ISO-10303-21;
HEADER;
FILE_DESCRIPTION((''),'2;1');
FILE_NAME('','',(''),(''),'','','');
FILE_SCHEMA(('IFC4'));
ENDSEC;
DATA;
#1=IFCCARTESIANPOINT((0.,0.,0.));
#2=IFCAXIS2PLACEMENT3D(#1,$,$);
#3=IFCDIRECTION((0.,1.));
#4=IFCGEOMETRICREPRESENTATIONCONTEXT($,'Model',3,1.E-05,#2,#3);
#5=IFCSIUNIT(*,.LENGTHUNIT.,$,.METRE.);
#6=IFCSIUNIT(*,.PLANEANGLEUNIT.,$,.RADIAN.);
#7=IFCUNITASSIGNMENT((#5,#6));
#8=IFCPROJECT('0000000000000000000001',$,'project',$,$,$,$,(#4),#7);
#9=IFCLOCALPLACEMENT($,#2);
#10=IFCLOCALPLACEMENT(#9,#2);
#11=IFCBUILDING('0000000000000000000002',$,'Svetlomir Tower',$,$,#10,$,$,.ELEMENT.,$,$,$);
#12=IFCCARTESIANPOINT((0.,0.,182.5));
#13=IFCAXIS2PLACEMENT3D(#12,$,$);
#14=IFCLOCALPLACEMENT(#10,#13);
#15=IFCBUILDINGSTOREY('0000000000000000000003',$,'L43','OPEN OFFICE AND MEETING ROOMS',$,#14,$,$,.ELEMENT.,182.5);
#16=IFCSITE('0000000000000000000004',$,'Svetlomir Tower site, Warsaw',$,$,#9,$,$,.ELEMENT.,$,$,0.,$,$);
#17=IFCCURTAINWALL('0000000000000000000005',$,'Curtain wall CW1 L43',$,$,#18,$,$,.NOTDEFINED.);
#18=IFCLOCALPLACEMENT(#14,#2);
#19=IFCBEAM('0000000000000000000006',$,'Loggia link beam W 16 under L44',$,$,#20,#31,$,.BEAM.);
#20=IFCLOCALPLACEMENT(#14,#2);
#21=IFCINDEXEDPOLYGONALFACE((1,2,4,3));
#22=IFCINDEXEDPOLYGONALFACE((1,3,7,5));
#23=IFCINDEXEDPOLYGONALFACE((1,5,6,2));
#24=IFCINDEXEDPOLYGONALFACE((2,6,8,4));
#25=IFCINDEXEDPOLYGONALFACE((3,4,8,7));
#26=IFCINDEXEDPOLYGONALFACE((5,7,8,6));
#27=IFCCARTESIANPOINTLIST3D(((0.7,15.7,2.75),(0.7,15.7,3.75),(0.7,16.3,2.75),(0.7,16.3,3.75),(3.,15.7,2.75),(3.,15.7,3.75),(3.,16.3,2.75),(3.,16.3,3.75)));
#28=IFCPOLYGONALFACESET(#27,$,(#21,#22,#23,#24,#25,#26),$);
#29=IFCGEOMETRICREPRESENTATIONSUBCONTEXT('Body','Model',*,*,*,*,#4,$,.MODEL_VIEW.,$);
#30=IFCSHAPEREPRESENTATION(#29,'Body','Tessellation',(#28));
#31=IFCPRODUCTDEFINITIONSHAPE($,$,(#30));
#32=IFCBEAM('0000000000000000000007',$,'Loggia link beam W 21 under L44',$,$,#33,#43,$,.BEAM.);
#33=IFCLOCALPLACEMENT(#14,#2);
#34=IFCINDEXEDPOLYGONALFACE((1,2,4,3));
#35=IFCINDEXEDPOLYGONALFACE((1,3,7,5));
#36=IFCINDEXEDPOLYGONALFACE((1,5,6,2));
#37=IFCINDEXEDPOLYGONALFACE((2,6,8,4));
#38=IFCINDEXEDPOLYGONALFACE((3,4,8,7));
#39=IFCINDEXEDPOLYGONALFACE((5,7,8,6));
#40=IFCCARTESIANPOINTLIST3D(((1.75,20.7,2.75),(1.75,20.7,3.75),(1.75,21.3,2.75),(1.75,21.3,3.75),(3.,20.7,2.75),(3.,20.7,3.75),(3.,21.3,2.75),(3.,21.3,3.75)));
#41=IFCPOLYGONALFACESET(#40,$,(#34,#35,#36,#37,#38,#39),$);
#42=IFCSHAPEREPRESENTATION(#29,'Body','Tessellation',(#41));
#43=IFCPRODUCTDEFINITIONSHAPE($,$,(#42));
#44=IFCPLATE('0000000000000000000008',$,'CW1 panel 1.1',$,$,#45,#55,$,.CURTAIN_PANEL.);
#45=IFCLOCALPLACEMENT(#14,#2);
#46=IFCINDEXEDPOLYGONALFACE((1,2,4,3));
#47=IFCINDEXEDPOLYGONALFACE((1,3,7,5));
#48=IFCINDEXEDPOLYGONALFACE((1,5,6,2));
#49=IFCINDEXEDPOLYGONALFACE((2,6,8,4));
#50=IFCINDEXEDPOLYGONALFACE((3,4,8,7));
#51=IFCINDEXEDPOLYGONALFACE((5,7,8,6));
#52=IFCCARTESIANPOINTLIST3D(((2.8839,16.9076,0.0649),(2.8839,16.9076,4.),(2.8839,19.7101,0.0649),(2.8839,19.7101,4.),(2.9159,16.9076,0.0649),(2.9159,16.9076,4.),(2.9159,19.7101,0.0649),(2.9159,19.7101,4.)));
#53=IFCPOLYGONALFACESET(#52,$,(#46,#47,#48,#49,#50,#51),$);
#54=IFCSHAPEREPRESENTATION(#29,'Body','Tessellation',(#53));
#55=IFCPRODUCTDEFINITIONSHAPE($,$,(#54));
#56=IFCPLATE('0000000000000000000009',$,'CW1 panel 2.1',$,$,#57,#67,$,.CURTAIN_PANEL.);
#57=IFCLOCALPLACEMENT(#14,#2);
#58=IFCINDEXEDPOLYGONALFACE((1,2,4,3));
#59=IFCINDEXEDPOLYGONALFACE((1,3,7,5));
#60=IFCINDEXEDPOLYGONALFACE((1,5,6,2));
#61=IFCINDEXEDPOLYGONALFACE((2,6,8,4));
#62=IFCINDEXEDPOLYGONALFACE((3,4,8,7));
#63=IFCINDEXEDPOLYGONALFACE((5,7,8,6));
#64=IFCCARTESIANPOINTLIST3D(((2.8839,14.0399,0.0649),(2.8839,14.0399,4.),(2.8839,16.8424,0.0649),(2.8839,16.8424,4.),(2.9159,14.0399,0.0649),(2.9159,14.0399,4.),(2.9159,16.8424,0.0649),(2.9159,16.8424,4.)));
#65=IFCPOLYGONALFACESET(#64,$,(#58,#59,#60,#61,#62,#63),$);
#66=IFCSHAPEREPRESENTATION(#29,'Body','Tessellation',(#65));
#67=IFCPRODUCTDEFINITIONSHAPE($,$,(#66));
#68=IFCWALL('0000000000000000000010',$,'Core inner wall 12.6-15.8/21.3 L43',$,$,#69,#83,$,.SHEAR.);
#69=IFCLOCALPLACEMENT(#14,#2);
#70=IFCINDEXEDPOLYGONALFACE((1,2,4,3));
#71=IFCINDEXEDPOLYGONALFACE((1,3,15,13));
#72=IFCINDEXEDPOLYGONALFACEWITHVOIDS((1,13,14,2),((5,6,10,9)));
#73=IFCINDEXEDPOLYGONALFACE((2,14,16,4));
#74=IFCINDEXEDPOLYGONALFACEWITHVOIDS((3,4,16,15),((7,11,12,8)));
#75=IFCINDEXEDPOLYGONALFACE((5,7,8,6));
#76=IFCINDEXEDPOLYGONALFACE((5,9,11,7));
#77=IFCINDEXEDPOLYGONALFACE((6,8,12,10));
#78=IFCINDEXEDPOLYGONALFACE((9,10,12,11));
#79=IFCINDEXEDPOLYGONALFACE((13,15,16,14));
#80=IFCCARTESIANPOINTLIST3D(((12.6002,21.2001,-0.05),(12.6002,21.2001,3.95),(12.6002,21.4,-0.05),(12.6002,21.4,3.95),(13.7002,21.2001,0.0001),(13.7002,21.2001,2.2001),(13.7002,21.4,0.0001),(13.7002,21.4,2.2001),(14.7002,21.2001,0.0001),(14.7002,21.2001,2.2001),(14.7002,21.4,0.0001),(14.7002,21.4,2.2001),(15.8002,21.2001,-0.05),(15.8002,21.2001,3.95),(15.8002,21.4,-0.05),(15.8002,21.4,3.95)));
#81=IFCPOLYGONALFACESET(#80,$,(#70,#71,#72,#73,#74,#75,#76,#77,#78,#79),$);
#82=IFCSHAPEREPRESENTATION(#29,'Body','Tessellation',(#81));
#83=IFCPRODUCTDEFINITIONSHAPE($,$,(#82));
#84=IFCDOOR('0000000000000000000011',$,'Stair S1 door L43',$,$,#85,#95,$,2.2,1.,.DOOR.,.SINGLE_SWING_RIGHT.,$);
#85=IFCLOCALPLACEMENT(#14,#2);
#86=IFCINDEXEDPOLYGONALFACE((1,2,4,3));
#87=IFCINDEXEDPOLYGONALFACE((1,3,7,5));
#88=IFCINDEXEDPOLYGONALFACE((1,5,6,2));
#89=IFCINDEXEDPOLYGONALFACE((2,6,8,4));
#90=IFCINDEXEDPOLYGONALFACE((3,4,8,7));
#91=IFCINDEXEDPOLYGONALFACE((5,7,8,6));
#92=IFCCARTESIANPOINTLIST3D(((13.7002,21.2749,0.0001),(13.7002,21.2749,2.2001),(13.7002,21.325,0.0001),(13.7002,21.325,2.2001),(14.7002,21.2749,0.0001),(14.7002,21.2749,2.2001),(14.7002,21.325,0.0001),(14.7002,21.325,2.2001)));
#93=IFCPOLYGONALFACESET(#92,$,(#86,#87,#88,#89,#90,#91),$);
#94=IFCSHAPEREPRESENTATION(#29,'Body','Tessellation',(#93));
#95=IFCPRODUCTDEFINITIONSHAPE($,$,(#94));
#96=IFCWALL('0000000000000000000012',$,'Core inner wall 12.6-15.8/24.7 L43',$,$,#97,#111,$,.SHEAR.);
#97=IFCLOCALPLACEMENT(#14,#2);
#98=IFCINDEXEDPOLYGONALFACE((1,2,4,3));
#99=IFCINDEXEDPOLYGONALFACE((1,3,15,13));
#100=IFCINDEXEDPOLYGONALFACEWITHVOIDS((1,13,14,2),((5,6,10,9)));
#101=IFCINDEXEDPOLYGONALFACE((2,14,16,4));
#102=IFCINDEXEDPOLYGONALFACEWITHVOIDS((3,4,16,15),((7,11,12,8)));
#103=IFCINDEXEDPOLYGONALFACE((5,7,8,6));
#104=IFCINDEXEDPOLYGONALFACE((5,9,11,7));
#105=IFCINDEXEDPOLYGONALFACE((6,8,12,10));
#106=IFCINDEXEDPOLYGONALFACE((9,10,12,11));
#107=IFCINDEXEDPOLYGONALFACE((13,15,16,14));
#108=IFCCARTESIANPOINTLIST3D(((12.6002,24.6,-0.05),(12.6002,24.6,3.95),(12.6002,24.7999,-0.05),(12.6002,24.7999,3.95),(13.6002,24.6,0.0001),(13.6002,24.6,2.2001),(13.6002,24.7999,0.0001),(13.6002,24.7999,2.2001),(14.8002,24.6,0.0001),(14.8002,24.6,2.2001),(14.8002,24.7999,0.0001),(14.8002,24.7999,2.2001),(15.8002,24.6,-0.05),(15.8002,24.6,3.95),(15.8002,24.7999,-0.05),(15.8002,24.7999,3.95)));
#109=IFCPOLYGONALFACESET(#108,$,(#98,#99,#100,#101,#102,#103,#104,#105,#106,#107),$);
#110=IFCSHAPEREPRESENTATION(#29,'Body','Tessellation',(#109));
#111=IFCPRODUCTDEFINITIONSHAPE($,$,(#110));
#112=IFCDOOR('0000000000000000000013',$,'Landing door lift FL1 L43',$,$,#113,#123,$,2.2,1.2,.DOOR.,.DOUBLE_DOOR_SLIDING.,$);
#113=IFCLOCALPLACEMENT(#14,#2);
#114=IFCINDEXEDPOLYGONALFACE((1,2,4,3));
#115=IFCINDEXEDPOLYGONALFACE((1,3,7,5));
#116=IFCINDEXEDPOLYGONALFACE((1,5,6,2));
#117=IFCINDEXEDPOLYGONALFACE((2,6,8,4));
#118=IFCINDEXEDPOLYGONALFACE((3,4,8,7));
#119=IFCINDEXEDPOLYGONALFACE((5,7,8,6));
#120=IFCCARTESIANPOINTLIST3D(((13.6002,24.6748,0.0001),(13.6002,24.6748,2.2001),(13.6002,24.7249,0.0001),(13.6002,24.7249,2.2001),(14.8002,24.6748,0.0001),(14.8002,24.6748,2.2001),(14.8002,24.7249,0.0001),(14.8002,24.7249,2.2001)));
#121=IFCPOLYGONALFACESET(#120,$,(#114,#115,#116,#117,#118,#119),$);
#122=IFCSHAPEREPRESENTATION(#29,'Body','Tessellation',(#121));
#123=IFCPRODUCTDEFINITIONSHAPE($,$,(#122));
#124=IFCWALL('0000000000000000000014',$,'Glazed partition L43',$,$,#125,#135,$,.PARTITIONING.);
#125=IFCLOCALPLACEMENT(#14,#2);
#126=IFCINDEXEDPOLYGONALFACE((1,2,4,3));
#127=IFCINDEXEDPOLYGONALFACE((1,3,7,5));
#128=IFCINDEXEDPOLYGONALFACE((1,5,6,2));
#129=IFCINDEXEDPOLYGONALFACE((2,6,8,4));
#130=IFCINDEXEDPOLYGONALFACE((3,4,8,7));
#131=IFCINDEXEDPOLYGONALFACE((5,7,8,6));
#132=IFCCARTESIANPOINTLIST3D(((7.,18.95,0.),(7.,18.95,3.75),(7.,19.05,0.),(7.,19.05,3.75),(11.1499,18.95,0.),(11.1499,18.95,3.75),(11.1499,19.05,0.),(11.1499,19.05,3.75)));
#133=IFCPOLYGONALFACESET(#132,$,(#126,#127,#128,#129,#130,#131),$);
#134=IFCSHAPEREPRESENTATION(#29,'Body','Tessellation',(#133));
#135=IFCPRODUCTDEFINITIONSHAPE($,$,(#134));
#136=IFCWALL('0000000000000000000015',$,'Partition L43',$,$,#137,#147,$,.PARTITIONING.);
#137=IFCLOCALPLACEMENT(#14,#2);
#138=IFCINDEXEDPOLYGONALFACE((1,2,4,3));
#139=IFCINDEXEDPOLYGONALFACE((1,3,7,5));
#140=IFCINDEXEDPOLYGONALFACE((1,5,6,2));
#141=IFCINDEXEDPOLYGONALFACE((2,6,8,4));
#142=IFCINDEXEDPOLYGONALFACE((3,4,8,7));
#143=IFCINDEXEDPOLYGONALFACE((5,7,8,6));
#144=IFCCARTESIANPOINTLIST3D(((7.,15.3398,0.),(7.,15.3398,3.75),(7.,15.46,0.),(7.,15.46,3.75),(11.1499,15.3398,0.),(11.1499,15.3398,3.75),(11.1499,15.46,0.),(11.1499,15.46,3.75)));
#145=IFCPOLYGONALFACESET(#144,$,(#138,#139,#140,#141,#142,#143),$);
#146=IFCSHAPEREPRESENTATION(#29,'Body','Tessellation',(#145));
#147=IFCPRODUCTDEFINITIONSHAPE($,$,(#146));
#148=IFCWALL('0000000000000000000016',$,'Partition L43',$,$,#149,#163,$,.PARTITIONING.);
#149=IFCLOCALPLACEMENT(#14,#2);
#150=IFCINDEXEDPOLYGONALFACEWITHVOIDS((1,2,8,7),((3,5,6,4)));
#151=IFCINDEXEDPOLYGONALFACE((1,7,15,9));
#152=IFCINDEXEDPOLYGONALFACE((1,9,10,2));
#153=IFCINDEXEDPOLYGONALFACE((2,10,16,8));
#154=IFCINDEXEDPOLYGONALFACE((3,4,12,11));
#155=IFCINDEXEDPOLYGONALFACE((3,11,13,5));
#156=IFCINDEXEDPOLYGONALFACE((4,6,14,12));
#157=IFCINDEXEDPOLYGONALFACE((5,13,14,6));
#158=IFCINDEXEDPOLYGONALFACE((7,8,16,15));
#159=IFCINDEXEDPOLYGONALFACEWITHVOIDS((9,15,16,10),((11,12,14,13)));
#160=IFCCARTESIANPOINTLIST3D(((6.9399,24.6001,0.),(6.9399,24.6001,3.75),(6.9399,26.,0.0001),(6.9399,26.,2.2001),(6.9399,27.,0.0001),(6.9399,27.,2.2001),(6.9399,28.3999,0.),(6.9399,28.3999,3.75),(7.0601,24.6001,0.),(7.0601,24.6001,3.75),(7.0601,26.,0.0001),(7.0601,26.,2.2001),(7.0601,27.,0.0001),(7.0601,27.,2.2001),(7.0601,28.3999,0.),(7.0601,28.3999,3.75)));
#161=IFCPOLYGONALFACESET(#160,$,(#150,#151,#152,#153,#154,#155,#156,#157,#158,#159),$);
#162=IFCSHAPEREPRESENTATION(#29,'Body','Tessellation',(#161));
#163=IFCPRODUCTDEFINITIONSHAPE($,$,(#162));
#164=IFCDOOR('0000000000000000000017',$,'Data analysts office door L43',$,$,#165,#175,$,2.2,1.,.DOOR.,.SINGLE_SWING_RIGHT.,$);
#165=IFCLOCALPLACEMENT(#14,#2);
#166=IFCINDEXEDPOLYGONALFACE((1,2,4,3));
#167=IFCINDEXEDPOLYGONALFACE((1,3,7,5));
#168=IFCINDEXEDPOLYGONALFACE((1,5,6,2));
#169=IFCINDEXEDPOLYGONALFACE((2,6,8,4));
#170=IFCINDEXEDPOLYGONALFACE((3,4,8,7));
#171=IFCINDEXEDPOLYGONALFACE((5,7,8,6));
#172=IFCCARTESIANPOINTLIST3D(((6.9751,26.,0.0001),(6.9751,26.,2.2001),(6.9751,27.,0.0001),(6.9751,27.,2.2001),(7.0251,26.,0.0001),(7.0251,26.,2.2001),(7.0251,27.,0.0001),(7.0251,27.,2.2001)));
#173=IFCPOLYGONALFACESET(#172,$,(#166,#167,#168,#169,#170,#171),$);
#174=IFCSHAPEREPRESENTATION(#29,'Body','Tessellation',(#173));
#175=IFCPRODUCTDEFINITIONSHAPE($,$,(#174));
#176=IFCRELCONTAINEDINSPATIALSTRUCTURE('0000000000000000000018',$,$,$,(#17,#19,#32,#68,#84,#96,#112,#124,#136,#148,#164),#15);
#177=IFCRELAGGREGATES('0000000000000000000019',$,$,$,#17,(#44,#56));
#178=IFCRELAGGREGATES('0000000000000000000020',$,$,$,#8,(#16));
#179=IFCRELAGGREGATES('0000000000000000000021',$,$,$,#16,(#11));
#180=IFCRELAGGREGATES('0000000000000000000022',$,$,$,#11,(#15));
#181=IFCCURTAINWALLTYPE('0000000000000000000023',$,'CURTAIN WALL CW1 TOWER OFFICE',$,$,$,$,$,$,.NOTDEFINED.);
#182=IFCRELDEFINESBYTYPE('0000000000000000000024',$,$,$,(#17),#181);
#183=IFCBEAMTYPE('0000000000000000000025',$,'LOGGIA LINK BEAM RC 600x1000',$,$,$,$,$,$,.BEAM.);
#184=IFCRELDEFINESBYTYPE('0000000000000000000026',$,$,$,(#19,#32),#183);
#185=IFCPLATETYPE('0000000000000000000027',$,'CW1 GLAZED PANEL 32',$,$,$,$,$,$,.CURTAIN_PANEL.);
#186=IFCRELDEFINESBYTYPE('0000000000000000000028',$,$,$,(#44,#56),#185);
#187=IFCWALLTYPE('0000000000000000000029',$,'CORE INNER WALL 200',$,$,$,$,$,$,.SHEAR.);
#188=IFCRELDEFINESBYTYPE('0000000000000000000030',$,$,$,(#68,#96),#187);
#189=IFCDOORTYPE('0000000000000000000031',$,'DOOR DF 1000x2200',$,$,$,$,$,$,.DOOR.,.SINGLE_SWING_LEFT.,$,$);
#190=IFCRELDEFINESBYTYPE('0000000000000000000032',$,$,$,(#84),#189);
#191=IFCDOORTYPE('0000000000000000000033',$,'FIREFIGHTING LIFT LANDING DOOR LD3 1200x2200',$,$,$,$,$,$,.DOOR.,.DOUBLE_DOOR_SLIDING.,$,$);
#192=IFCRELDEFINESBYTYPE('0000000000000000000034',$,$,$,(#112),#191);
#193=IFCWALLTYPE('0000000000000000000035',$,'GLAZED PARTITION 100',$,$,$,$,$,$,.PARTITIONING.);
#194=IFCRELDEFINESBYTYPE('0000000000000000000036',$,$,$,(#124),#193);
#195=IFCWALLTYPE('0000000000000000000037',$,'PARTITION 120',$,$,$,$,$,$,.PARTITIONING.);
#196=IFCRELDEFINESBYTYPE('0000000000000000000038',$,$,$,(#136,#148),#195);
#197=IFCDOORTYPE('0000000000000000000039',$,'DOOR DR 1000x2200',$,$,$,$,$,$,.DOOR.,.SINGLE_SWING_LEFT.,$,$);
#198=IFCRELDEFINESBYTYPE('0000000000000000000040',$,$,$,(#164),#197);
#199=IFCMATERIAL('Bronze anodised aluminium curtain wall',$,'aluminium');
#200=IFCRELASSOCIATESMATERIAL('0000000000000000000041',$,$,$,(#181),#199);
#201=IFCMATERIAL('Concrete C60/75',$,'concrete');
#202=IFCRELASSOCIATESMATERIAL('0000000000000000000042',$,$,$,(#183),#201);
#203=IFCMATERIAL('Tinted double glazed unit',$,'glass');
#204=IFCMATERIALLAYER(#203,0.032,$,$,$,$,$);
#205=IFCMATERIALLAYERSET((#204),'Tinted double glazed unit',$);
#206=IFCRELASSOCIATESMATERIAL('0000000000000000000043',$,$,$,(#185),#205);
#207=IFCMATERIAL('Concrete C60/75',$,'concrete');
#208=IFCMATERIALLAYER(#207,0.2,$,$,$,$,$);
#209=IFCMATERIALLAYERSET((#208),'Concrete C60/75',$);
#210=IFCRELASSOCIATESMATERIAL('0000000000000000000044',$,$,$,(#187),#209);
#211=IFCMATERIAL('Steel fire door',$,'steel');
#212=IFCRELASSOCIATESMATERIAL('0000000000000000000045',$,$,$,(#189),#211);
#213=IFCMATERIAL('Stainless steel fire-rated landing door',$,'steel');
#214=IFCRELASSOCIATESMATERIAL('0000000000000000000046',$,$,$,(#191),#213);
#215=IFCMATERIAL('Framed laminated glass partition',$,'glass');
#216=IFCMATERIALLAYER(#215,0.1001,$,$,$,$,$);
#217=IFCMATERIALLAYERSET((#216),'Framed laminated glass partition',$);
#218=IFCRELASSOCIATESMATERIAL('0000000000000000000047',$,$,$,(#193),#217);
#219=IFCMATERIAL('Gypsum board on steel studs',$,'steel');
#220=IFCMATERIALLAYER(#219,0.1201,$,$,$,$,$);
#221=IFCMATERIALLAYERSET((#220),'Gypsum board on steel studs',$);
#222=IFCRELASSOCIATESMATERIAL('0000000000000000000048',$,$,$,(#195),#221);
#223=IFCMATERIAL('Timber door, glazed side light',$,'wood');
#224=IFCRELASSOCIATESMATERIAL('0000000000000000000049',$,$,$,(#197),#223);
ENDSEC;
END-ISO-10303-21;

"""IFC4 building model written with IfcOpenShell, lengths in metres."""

from ifc_helpers import new_model, si_unit, direction, frame, frame_2d, origin, origin_2d, place, context, subcontext, project, spatial, rectangle, extrude, material, layer, layer_set, material_profile, profile_set, type_object, element, fill, aggregate, save


model = new_model("IFC4")

# Units and contexts
model_context = context("Model", 3, precision=1e-05, world=origin(), true_north=direction((0.0, 1.0)))
body_context = subcontext(model_context, "Body", "Model", "MODEL_VIEW")
ifc_project = project(units=[si_unit("LENGTHUNIT", "METRE"), si_unit("PLANEANGLEUNIT", "RADIAN")], contexts=[model_context])

# Site, building, storey
site_placement = place(None, origin())
site = spatial("IfcSite", under=ifc_project, at=site_placement, Name="Svetlomir Tower site, Warsaw", CompositionType="ELEMENT", RefElevation=0.0)
building_placement = place(site_placement, origin())
building = spatial("IfcBuilding", under=site, at=building_placement, Name="Svetlomir Tower", CompositionType="ELEMENT")
storey_placement = place(building_placement, frame((0.0, 0.0, 182.5)))
storey = spatial("IfcBuildingStorey", under=building, at=storey_placement, Name="L43", Description="OPEN OFFICE AND MEETING ROOMS", CompositionType="ELEMENT", Elevation=182.5)

# Curtain wall
ifc_material_1 = material(Name="Bronze anodised aluminium curtain wall", Category="aluminium")
curtain_wall_type = type_object("IfcCurtainWallType", Name="CURTAIN WALL CW1 TOWER OFFICE", PredefinedType="NOTDEFINED", material=ifc_material_1)
curtain_wall_1_placement = place(storey_placement, origin())
curtain_wall_1 = element("IfcCurtainWall", 1, at=curtain_wall_1_placement, inside=storey, type_object=curtain_wall_type, Name="Curtain wall CW1 L43", PredefinedType="NOTDEFINED")

# Beams
ifc_material_2 = material(Name="Concrete C60/75", Category="concrete")
ifc_material_profile_1 = material_profile(ifc_material_2, rectangle(XDim=0.6001, YDim=1.0, at=origin_2d()), Name="RC 600x1000")
ifc_profile_set_1 = profile_set([ifc_material_profile_1], Name="Concrete C60/75")
beam_type_1 = type_object("IfcBeamType", Name="LOGGIA LINK BEAM RC 600x1000", PredefinedType="BEAM", material=ifc_profile_set_1)
beam_1_placement = place(storey_placement, frame((0.7, 16.0, 3.25), z_axis=(1.0, 0.0, 0.0), x_axis=(0.0, 1.0, 0.0)))
element("IfcBeam", 2, at=beam_1_placement, inside=storey, type_object=beam_type_1, Name="Loggia link beam W 16 under L44", PredefinedType="BEAM", context=body_context, shape_type="SweptSolid", body=[
    extrude(rectangle(XDim=0.6001, YDim=1.0, at=origin_2d()), origin(), (0.0, 0.0, 1.0), 2.3),
])
beam_2_placement = place(storey_placement, frame((1.75, 21.0, 3.25), z_axis=(1.0, 0.0, 0.0), x_axis=(0.0, 1.0, 0.0)))
element("IfcBeam", 3, at=beam_2_placement, inside=storey, type_object=beam_type_1, Name="Loggia link beam W 21 under L44", PredefinedType="BEAM", context=body_context, shape_type="SweptSolid", body=[
    extrude(rectangle(XDim=0.6001, YDim=1.0, at=origin_2d()), origin(), (0.0, 0.0, 1.0), 1.25),
])

# Plates
ifc_material_3 = material(Name="Tinted double glazed unit", Category="glass")
ifc_layer_1 = layer(ifc_material_3, 0.032)
ifc_layer_set_1 = layer_set([ifc_layer_1], Name="Tinted double glazed unit")
plate_type = type_object("IfcPlateType", Name="CW1 GLAZED PANEL 32", PredefinedType="CURTAIN_PANEL", material=ifc_layer_set_1)
plate_1_placement = place(storey_placement, frame((2.8999, 18.3088, 0.0649), z_axis=(0.0, 0.0, 1.0), x_axis=(0.0, -1.0, 0.0)))
plate_1 = element("IfcPlate", 4, at=plate_1_placement, type_object=plate_type, Name="CW1 panel 1.1", PredefinedType="CURTAIN_PANEL", context=body_context, shape_type="SweptSolid", body=[
    extrude(rectangle(XDim=2.8025, YDim=0.032, at=origin_2d()), origin(), (0.0, 0.0, 1.0), 3.9351),
])
plate_2_placement = place(storey_placement, frame((2.8999, 15.4412, 0.0649), z_axis=(0.0, 0.0, 1.0), x_axis=(0.0, -1.0, 0.0)))
plate_2 = element("IfcPlate", 5, at=plate_2_placement, type_object=plate_type, Name="CW1 panel 2.1", PredefinedType="CURTAIN_PANEL", context=body_context, shape_type="SweptSolid", body=[
    extrude(rectangle(XDim=2.8025, YDim=0.032, at=origin_2d()), origin(), (0.0, 0.0, 1.0), 3.9351),
])
aggregate(curtain_wall_1, [plate_1, plate_2])

# Walls, openings, doors
ifc_material_4 = material(Name="Concrete C60/75", Category="concrete")
ifc_layer_2 = layer(ifc_material_4, 0.2)
ifc_layer_set_2 = layer_set([ifc_layer_2], Name="Concrete C60/75")
wall_type_1 = type_object("IfcWallType", Name="CORE INNER WALL 200", PredefinedType="SHEAR", material=ifc_layer_set_2)
wall_1_placement = place(storey_placement, frame((12.6001, 21.3, -0.05), z_axis=(0.0, 0.0, 1.0), x_axis=(1.0, 0.0, 0.0)))
wall_1 = element("IfcWall", 6, at=wall_1_placement, inside=storey, type_object=wall_type_1, Name="Core inner wall 12.6-15.8/21.3 L43", PredefinedType="SHEAR", context=body_context, shape_type="SweptSolid", body=[
    extrude(rectangle(XDim=3.2, YDim=0.2, at=frame_2d((1.6001, 0.0))), origin(), (0.0, 0.0, 1.0), 4.0),
])
opening_1_placement = place(wall_1_placement, frame((1.1001, 0.0, 0.05)))
opening_1 = element("IfcOpeningElement", 7, at=opening_1_placement, cuts=wall_1, PredefinedType="OPENING", context=body_context, shape_type="SweptSolid", body=[
    extrude(rectangle(XDim=1.0, YDim=2.2, at=frame_2d((0.5, 1.1001))), frame((0.0, 0.1099, 0.0), z_axis=(0.0, -1.0, 0.0), x_axis=(1.0, 0.0, 0.0)), (0.0, 0.0, 1.0), 0.22),
])
ifc_material_5 = material(Name="Steel fire door", Category="steel")
door_type_1 = type_object("IfcDoorType", Name="DOOR DF 1000x2200", OperationType="SINGLE_SWING_LEFT", PredefinedType="DOOR", material=ifc_material_5)
door_1_placement = place(opening_1_placement, origin())
door_1 = element("IfcDoor", 8, at=door_1_placement, inside=storey, type_object=door_type_1, Name="Stair S1 door L43", OperationType="SINGLE_SWING_RIGHT", OverallHeight=2.2, OverallWidth=1.0, PredefinedType="DOOR", context=body_context, shape_type="SweptSolid", body=[
    extrude(rectangle(XDim=1.0, YDim=2.2, at=frame_2d((0.5, 1.1001))), frame((0.0, 0.0249, 0.0), z_axis=(0.0, -1.0, 0.0), x_axis=(1.0, 0.0, 0.0)), (0.0, 0.0, 1.0), 0.05),
])
fill(opening_1, door_1)
wall_2_placement = place(storey_placement, frame((12.6001, 24.7, -0.05), z_axis=(0.0, 0.0, 1.0), x_axis=(1.0, 0.0, 0.0)))
wall_2 = element("IfcWall", 9, at=wall_2_placement, inside=storey, type_object=wall_type_1, Name="Core inner wall 12.6-15.8/24.7 L43", PredefinedType="SHEAR", context=body_context, shape_type="SweptSolid", body=[
    extrude(rectangle(XDim=3.2, YDim=0.2, at=frame_2d((1.6001, 0.0))), origin(), (0.0, 0.0, 1.0), 4.0),
])
opening_2_placement = place(wall_2_placement, frame((1.0, 0.0, 0.05)))
opening_2 = element("IfcOpeningElement", 10, at=opening_2_placement, cuts=wall_2, PredefinedType="OPENING", context=body_context, shape_type="SweptSolid", body=[
    extrude(rectangle(XDim=1.2, YDim=2.2, at=frame_2d((0.6001, 1.1001))), frame((0.0, 0.1099, 0.0), z_axis=(0.0, -1.0, 0.0), x_axis=(1.0, 0.0, 0.0)), (0.0, 0.0, 1.0), 0.22),
])
ifc_material_6 = material(Name="Stainless steel fire-rated landing door", Category="steel")
door_type_2 = type_object("IfcDoorType", Name="FIREFIGHTING LIFT LANDING DOOR LD3 1200x2200", OperationType="DOUBLE_DOOR_SLIDING", PredefinedType="DOOR", material=ifc_material_6)
door_2_placement = place(opening_2_placement, origin())
door_2 = element("IfcDoor", 11, at=door_2_placement, inside=storey, type_object=door_type_2, Name="Landing door lift FL1 L43", OperationType="DOUBLE_DOOR_SLIDING", OverallHeight=2.2, OverallWidth=1.2, PredefinedType="DOOR", context=body_context, shape_type="SweptSolid", body=[
    extrude(rectangle(XDim=1.2, YDim=2.2, at=frame_2d((0.6001, 1.1001))), frame((0.0, 0.0249, 0.0), z_axis=(0.0, -1.0, 0.0), x_axis=(1.0, 0.0, 0.0)), (0.0, 0.0, 1.0), 0.05),
])
fill(opening_2, door_2)

# Walls
ifc_material_7 = material(Name="Framed laminated glass partition", Category="glass")
ifc_layer_3 = layer(ifc_material_7, 0.1001)
ifc_layer_set_3 = layer_set([ifc_layer_3], Name="Framed laminated glass partition")
wall_type_2 = type_object("IfcWallType", Name="GLAZED PARTITION 100", PredefinedType="PARTITIONING", material=ifc_layer_set_3)
wall_3_placement = place(storey_placement, frame((7.0, 19.0, 0.0), z_axis=(0.0, 0.0, 1.0), x_axis=(1.0, 0.0, 0.0)))
element("IfcWall", 12, at=wall_3_placement, inside=storey, type_object=wall_type_2, Name="Glazed partition L43", PredefinedType="PARTITIONING", context=body_context, shape_type="SweptSolid", body=[
    extrude(rectangle(XDim=4.1499, YDim=0.1001, at=frame_2d((2.075, 0.0))), origin(), (0.0, 0.0, 1.0), 3.75),
])
ifc_material_8 = material(Name="Gypsum board on steel studs", Category="steel")
ifc_layer_4 = layer(ifc_material_8, 0.1201)
ifc_layer_set_4 = layer_set([ifc_layer_4], Name="Gypsum board on steel studs")
wall_type_3 = type_object("IfcWallType", Name="PARTITION 120", PredefinedType="PARTITIONING", material=ifc_layer_set_4)
wall_4_placement = place(storey_placement, frame((7.0, 15.3999, 0.0), z_axis=(0.0, 0.0, 1.0), x_axis=(1.0, 0.0, 0.0)))
element("IfcWall", 13, at=wall_4_placement, inside=storey, type_object=wall_type_3, Name="Partition L43", PredefinedType="PARTITIONING", context=body_context, shape_type="SweptSolid", body=[
    extrude(rectangle(XDim=4.1499, YDim=0.1201, at=frame_2d((2.075, 0.0))), origin(), (0.0, 0.0, 1.0), 3.75),
])

# Wall, opening, door
wall_5_placement = place(storey_placement, frame((7.0, 24.6001, 0.0), z_axis=(0.0, 0.0, 1.0), x_axis=(0.0, 1.0, 0.0)))
wall_5 = element("IfcWall", 14, at=wall_5_placement, inside=storey, type_object=wall_type_3, Name="Partition L43", PredefinedType="PARTITIONING", context=body_context, shape_type="SweptSolid", body=[
    extrude(rectangle(XDim=3.7998, YDim=0.1201, at=frame_2d((1.8999, 0.0))), origin(), (0.0, 0.0, 1.0), 3.75),
])
opening_3_placement = place(wall_5_placement, frame((1.3999, 0.0, 0.0)))
opening_3 = element("IfcOpeningElement", 15, at=opening_3_placement, cuts=wall_5, PredefinedType="OPENING", context=body_context, shape_type="SweptSolid", body=[
    extrude(rectangle(XDim=1.0, YDim=2.2, at=frame_2d((0.5, 1.1001))), frame((0.0, 0.0701, 0.0), z_axis=(0.0, -1.0, 0.0), x_axis=(1.0, 0.0, 0.0)), (0.0, 0.0, 1.0), 0.1401),
])
ifc_material_9 = material(Name="Timber door, glazed side light", Category="wood")
door_type_3 = type_object("IfcDoorType", Name="DOOR DR 1000x2200", OperationType="SINGLE_SWING_LEFT", PredefinedType="DOOR", material=ifc_material_9)
door_3_placement = place(opening_3_placement, origin())
door_3 = element("IfcDoor", 16, at=door_3_placement, inside=storey, type_object=door_type_3, Name="Data analysts office door L43", OperationType="SINGLE_SWING_RIGHT", OverallHeight=2.2, OverallWidth=1.0, PredefinedType="DOOR", context=body_context, shape_type="SweptSolid", body=[
    extrude(rectangle(XDim=1.0, YDim=2.2, at=frame_2d((0.5, 1.1001))), frame((0.0, 0.0249, 0.0), z_axis=(0.0, -1.0, 0.0), x_axis=(1.0, 0.0, 0.0)), (0.0, 0.0, 1.0), 0.05),
])
fill(opening_3, door_3)

save(model, "model.ifc")
